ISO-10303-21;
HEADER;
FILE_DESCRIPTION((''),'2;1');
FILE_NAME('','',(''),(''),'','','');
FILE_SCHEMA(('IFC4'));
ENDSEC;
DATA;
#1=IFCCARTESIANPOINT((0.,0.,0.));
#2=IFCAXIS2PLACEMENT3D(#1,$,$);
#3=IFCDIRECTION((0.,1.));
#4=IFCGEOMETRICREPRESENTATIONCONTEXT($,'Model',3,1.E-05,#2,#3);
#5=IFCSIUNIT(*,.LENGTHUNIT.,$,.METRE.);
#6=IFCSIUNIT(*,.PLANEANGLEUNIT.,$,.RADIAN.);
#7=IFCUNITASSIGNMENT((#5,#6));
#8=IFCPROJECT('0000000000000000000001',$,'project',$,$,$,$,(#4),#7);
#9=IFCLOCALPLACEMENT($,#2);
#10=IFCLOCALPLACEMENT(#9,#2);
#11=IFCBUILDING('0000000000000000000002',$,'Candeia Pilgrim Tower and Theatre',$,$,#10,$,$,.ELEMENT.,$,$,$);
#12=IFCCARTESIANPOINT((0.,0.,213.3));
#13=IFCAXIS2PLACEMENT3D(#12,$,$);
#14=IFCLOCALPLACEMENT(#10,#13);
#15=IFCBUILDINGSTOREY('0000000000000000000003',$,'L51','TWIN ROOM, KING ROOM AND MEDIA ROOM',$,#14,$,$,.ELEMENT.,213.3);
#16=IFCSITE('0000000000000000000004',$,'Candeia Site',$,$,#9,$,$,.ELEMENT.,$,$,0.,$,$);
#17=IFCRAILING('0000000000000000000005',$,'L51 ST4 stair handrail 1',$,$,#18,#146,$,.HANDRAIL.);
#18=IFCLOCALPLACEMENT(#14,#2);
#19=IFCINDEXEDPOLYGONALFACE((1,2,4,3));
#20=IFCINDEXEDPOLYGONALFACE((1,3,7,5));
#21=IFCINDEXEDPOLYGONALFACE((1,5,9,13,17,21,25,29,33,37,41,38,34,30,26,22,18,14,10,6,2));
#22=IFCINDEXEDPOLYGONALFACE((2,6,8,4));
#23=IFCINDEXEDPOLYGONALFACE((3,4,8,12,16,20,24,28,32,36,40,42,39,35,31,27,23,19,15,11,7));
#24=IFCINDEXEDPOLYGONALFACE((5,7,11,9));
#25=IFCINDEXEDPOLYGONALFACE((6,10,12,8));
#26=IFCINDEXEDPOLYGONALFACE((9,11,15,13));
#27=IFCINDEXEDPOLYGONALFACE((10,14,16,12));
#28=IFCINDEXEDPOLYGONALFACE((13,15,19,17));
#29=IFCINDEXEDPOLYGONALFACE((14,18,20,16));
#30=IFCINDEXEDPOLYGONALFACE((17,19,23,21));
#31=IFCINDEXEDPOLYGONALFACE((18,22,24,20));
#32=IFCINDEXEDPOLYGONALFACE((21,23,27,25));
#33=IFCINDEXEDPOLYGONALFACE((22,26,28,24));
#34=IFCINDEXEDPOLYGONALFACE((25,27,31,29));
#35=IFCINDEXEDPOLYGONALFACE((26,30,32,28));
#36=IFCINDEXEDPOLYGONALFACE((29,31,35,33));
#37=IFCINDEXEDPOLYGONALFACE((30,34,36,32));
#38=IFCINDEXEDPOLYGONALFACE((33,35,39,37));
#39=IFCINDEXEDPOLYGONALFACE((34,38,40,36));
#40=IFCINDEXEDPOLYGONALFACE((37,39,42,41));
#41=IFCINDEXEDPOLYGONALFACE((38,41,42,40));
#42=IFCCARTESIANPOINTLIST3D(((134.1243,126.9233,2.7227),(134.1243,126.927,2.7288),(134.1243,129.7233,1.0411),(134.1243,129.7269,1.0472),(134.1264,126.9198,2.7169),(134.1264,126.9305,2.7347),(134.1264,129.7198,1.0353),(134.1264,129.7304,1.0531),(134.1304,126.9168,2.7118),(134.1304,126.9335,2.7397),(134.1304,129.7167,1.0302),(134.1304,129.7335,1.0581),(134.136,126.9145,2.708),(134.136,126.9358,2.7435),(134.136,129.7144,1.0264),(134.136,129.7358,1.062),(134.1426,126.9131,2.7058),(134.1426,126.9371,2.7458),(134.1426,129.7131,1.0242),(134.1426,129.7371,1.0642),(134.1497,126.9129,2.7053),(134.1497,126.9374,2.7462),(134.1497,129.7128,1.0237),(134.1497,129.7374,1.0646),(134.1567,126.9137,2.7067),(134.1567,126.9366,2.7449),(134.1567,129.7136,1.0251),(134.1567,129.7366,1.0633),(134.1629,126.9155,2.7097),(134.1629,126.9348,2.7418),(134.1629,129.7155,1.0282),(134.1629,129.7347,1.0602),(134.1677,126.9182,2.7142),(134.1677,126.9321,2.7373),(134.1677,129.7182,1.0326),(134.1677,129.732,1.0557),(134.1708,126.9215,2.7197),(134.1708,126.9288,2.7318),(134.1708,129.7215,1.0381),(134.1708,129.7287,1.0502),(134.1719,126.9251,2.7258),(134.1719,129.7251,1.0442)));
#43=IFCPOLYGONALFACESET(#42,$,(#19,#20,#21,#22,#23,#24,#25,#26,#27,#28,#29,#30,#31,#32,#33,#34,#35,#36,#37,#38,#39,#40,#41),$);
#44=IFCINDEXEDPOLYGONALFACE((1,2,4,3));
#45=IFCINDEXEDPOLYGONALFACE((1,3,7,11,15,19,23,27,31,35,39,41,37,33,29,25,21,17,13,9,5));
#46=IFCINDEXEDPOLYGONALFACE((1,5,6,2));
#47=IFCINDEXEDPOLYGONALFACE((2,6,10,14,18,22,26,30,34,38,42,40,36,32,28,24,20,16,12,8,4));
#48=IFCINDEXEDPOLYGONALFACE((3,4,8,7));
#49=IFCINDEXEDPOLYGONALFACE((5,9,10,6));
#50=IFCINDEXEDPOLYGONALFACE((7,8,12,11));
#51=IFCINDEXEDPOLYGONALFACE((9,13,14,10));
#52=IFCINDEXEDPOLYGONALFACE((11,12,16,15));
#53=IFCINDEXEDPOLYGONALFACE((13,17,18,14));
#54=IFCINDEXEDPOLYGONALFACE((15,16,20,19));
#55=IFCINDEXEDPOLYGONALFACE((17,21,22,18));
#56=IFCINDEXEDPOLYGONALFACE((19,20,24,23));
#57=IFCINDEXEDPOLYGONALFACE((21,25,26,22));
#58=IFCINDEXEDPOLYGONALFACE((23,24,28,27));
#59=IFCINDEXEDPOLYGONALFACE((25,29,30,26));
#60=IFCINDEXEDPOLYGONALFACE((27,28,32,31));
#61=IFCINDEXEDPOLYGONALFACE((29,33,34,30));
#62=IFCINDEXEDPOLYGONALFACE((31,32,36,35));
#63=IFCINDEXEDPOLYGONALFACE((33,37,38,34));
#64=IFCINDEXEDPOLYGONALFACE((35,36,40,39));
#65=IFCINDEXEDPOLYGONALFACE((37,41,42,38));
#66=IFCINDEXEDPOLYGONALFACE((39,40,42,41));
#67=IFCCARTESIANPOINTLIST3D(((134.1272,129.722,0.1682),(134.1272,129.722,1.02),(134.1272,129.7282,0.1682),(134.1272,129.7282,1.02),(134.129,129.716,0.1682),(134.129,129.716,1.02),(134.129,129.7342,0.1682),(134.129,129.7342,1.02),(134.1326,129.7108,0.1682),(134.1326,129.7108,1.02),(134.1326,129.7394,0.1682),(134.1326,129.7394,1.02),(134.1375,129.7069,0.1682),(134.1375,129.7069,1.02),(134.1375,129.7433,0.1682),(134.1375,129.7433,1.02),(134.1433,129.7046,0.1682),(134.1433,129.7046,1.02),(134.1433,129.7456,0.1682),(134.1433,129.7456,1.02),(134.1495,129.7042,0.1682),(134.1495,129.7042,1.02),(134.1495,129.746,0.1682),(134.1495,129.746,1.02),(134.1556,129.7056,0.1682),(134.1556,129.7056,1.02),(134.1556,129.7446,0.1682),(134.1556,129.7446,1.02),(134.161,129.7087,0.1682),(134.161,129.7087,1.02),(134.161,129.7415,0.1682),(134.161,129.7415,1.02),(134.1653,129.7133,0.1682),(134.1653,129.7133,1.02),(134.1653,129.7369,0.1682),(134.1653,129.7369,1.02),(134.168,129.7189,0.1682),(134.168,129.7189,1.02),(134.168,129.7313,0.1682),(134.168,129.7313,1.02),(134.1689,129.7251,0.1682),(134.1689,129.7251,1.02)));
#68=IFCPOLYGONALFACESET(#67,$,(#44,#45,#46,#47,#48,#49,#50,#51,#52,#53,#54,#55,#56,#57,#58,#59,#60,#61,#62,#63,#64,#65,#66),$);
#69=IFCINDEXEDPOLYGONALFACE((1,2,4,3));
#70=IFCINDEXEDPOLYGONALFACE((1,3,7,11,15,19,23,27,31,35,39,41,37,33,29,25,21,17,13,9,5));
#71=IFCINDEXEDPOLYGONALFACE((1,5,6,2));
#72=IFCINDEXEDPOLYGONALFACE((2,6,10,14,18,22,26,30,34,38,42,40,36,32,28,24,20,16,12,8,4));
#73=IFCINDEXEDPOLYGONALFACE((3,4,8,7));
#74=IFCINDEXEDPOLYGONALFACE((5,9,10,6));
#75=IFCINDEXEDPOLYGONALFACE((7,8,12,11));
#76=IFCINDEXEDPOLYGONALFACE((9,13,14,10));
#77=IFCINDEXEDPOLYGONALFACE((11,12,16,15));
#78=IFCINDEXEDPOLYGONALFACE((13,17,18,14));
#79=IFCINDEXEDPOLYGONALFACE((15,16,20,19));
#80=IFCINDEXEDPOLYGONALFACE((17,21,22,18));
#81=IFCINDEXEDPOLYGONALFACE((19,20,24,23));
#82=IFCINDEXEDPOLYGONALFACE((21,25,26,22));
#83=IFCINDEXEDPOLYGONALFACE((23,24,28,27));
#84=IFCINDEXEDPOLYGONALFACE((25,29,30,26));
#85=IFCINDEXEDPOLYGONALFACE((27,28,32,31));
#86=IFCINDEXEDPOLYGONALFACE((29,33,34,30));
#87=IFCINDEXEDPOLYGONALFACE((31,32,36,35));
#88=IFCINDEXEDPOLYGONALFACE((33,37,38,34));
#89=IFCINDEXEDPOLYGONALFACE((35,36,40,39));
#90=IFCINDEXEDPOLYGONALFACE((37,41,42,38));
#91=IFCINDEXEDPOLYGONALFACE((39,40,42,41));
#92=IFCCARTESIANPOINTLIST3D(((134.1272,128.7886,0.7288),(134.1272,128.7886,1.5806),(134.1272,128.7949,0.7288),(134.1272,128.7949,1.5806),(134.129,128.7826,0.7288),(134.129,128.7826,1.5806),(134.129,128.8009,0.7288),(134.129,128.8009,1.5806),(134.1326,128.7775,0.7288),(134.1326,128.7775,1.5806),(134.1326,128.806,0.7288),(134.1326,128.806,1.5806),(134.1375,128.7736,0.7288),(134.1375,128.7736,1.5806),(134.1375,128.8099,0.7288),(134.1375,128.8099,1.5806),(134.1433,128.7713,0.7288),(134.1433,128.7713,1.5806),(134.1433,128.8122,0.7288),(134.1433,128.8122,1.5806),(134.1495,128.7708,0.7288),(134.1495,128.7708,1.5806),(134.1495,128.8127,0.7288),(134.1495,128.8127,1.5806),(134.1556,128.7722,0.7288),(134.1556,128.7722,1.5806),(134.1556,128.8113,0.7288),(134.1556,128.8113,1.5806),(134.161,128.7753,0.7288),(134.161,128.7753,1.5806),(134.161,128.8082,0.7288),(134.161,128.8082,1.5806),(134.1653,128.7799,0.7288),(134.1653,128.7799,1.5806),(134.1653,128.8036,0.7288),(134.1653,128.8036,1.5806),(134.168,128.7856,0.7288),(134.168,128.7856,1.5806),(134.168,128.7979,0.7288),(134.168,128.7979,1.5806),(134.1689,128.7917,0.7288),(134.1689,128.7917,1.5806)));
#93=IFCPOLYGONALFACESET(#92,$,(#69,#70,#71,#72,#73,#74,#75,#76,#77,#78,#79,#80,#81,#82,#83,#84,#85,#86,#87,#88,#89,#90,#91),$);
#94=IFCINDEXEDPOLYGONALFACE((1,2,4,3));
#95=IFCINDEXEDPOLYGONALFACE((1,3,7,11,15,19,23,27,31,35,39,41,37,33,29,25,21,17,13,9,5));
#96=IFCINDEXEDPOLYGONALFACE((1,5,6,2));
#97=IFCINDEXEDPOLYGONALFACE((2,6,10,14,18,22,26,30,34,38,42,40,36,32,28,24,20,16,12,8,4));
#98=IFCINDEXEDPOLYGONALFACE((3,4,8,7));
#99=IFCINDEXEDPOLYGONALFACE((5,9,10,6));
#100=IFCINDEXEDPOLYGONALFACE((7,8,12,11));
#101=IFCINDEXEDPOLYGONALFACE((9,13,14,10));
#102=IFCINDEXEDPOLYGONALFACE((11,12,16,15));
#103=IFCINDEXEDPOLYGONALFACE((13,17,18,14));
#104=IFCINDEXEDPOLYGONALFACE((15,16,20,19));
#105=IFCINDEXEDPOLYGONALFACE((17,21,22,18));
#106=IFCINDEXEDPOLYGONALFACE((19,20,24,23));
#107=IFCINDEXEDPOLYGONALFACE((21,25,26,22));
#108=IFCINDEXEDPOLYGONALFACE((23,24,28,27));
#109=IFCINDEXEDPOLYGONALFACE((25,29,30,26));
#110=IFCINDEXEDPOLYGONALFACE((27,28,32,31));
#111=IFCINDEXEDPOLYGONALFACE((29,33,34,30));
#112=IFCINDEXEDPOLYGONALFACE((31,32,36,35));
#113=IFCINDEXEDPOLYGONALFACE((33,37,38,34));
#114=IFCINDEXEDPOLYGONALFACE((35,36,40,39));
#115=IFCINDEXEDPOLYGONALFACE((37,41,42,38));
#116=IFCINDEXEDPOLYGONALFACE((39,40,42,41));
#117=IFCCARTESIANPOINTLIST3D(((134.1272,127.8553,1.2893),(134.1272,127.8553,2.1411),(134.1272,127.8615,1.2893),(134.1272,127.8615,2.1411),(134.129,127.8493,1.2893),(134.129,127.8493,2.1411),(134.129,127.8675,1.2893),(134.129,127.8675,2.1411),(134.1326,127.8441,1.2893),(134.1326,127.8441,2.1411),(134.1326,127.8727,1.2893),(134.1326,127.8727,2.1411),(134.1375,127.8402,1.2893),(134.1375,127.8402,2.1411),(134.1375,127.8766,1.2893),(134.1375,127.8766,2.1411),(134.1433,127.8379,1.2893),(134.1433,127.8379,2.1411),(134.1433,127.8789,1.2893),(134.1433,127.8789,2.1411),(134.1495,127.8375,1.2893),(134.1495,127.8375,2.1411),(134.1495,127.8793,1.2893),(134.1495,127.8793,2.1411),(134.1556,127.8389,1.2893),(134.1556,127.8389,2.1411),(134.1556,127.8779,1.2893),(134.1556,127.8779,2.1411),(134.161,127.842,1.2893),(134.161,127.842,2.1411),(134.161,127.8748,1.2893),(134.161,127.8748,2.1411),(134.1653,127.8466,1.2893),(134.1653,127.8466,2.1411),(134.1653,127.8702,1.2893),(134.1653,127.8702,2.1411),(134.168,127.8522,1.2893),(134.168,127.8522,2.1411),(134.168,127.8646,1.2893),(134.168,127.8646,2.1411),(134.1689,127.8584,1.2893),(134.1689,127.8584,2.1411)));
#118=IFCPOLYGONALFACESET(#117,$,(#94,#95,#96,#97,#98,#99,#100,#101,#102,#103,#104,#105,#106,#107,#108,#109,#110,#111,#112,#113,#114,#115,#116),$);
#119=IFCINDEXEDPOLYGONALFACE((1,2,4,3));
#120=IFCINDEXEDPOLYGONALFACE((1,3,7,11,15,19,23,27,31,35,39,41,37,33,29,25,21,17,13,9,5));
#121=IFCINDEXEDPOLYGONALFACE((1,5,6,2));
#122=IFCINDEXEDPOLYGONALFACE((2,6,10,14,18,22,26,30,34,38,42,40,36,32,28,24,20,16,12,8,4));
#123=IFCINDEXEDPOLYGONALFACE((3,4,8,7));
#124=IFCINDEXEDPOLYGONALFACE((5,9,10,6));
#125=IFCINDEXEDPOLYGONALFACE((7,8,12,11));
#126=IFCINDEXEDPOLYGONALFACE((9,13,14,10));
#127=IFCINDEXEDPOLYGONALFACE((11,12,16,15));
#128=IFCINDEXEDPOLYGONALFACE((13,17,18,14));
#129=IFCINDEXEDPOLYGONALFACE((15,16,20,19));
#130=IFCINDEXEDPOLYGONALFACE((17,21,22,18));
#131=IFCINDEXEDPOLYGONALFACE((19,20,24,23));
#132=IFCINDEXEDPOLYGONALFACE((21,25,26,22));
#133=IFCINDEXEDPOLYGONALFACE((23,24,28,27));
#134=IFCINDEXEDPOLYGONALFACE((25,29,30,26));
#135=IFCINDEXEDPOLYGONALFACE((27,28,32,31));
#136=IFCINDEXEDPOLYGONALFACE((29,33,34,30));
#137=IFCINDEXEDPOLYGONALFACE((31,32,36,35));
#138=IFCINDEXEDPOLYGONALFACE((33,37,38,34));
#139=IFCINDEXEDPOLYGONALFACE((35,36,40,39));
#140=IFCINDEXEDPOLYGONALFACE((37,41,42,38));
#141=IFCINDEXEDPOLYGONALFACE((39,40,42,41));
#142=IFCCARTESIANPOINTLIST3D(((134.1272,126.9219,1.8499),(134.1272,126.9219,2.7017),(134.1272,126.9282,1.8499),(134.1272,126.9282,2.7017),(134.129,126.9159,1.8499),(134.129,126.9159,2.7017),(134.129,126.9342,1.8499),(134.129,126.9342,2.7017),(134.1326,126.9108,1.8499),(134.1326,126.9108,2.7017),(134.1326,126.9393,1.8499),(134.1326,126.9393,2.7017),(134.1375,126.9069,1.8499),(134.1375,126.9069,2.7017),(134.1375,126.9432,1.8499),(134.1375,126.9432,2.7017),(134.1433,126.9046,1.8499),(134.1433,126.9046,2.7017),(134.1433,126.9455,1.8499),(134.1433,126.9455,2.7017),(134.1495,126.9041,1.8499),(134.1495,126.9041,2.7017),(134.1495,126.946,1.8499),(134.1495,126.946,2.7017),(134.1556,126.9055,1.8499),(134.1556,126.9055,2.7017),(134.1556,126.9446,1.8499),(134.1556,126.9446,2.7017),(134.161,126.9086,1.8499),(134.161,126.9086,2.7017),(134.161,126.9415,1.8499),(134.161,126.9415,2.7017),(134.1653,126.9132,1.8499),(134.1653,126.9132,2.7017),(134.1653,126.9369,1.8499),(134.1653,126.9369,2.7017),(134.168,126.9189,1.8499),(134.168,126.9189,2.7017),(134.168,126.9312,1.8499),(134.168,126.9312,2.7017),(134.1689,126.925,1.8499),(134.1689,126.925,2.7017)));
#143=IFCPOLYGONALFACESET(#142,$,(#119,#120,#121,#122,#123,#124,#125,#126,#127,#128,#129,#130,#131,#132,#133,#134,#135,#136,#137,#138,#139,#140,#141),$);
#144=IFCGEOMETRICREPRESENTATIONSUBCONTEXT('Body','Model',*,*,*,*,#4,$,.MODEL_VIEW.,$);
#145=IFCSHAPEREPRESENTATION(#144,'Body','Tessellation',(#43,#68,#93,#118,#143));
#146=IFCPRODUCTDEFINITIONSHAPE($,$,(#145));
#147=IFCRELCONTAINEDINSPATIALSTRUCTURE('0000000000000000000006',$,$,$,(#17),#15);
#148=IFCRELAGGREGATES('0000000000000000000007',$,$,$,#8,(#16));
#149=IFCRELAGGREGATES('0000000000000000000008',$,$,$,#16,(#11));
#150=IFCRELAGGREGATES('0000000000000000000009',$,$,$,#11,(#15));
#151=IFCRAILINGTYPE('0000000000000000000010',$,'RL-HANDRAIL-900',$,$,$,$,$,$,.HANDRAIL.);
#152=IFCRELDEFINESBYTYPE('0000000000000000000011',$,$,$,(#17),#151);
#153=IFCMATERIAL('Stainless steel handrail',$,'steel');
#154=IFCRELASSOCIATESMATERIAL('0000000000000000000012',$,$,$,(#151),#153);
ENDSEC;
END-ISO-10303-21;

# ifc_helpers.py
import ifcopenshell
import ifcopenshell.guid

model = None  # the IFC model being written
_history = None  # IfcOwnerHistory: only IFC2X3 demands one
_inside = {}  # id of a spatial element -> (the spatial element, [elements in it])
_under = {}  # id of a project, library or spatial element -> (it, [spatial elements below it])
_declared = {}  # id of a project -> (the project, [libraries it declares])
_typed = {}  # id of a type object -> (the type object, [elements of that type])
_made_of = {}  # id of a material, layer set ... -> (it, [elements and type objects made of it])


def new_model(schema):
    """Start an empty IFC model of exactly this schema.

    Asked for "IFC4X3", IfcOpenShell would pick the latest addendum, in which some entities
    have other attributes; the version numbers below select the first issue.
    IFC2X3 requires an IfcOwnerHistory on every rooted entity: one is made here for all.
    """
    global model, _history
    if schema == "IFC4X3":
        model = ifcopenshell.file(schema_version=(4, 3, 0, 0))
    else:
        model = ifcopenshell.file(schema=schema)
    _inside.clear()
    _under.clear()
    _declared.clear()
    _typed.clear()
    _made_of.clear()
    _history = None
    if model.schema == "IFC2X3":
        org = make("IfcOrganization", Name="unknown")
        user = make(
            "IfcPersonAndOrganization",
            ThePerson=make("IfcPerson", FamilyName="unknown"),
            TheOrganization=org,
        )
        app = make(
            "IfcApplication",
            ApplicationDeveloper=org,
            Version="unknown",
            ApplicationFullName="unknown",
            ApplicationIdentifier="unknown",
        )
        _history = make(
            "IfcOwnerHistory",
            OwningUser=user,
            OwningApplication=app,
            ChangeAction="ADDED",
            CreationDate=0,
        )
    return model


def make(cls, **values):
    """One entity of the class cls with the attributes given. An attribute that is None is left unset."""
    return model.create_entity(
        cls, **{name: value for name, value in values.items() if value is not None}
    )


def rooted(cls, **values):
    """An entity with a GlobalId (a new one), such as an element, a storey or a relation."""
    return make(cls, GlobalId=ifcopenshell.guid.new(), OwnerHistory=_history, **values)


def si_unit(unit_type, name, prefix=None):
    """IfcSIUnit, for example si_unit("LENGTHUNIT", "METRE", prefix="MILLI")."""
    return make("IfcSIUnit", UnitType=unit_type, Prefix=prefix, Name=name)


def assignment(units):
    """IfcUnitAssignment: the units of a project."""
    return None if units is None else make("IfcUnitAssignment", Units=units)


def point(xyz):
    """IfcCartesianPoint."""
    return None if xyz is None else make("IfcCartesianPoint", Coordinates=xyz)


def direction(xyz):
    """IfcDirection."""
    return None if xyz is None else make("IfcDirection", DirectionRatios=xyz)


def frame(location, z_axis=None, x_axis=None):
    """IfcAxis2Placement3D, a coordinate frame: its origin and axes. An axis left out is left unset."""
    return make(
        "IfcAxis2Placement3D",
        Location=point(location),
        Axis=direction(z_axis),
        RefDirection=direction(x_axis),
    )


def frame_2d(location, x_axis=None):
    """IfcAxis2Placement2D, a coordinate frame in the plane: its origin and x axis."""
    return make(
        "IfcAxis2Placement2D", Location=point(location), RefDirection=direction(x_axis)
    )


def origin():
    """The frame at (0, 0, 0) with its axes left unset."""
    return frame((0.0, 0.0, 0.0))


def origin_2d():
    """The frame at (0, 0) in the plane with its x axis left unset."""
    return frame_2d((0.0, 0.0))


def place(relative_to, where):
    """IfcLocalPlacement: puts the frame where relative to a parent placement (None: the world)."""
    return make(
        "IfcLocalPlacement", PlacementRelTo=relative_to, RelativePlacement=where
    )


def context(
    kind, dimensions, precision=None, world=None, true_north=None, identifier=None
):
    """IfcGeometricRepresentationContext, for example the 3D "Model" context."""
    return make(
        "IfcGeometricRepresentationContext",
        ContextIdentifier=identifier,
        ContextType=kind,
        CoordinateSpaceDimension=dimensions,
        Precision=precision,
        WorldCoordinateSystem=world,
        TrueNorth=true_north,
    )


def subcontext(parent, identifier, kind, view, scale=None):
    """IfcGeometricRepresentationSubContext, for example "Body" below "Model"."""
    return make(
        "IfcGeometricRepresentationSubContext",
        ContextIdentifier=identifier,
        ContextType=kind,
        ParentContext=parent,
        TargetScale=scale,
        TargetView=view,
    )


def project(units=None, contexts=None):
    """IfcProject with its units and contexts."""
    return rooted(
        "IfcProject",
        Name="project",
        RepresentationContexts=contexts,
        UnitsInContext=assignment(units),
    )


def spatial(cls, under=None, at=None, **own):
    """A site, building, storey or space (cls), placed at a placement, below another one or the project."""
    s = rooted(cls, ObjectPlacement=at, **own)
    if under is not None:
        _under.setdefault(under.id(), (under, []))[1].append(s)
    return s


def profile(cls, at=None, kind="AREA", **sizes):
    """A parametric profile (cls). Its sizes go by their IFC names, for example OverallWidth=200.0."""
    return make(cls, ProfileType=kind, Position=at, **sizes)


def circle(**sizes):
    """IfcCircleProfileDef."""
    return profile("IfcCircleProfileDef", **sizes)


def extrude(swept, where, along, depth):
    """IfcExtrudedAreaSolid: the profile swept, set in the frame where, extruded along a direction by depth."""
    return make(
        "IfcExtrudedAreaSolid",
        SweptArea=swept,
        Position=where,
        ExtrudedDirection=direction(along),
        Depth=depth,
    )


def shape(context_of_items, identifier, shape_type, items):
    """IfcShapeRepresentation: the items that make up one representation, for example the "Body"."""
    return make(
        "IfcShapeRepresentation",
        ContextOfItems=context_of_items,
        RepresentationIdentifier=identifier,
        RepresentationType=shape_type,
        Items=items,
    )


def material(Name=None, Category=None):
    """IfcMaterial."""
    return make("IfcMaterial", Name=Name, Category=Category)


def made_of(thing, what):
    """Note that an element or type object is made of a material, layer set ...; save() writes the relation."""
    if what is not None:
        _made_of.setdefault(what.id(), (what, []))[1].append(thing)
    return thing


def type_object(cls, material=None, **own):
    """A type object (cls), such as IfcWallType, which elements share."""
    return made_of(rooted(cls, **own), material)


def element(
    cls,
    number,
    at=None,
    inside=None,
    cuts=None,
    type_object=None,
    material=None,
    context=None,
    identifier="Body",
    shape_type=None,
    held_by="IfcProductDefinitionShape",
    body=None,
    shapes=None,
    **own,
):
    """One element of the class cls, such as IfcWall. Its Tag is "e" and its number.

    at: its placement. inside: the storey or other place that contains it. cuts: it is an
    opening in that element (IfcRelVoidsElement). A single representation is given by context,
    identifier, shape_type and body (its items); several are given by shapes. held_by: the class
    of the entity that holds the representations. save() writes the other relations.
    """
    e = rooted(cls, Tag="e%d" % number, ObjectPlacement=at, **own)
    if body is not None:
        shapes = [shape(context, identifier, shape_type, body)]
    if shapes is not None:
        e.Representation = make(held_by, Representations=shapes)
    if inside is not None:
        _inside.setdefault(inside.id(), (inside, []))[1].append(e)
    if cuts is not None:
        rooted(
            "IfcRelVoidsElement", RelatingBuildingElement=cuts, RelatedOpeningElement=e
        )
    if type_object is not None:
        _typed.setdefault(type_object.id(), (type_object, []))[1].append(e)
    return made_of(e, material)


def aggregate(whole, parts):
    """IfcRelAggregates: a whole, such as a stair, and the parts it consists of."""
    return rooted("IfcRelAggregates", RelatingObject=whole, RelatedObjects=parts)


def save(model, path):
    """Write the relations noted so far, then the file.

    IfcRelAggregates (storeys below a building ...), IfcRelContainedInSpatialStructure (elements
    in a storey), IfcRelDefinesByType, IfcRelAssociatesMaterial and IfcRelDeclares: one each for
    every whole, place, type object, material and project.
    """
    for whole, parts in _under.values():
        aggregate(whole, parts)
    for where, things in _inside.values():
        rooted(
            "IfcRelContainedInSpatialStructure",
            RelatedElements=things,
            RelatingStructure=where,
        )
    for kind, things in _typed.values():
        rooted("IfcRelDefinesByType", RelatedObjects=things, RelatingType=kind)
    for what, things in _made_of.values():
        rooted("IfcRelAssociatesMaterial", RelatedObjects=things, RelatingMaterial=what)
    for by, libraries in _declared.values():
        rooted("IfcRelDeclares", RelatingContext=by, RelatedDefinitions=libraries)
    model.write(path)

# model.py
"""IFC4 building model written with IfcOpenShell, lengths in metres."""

from ifc_helpers import new_model, si_unit, direction, frame, origin, origin_2d, place, context, subcontext, project, spatial, circle, extrude, material, type_object, element, save


model = new_model("IFC4")

# Units and contexts
model_context = context("Model", 3, precision=1e-05, world=origin(), true_north=direction((0.0, 1.0)))
body_context = subcontext(model_context, "Body", "Model", "MODEL_VIEW")
ifc_project = project(units=[si_unit("LENGTHUNIT", "METRE"), si_unit("PLANEANGLEUNIT", "RADIAN")], contexts=[model_context])

# Site, building, storey
site_placement = place(None, origin())
site = spatial("IfcSite", under=ifc_project, at=site_placement, Name="Candeia Site", CompositionType="ELEMENT", RefElevation=0.0)
building_placement = place(site_placement, origin())
building = spatial("IfcBuilding", under=site, at=building_placement, Name="Candeia Pilgrim Tower and Theatre", CompositionType="ELEMENT")
storey_placement = place(building_placement, frame((0.0, 0.0, 213.3)))
storey = spatial("IfcBuildingStorey", under=building, at=storey_placement, Name="L51", Description="TWIN ROOM, KING ROOM AND MEDIA ROOM", CompositionType="ELEMENT", Elevation=213.3)

# Railing
ifc_material_1 = material(Name="Stainless steel handrail", Category="steel")
railing_type_1 = type_object("IfcRailingType", Name="RL-HANDRAIL-900", PredefinedType="HANDRAIL", material=ifc_material_1)
railing_1_placement = place(storey_placement, frame((134.1479, 129.7251, 0.1682)))
element("IfcRailing", 1, at=railing_1_placement, inside=storey, type_object=railing_type_1, Name="L51 ST4 stair handrail 1", PredefinedType="HANDRAIL", context=body_context, shape_type="SweptSolid", body=[
    extrude(circle(Radius=0.0239, at=origin_2d()), frame((0.0, 0.0, 0.876), z_axis=(0.0, -0.857275, 0.514858), x_axis=(1.0, 0.0, 0.0)), (0.0, 0.0, 1.0), 3.2661),
    extrude(circle(Radius=0.021, at=origin_2d()), origin(), (0.0, 0.0, 1.0), 0.8518),
    extrude(circle(Radius=0.021, at=origin_2d()), frame((0.0, -0.9333, 0.5605)), (0.0, 0.0, 1.0), 0.8518),
    extrude(circle(Radius=0.021, at=origin_2d()), frame((0.0, -1.8667, 1.1211)), (0.0, 0.0, 1.0), 0.8518),
    extrude(circle(Radius=0.021, at=origin_2d()), frame((0.0, -2.8, 1.6816)), (0.0, 0.0, 1.0), 0.8518),
])

save(model, "model.ifc")
